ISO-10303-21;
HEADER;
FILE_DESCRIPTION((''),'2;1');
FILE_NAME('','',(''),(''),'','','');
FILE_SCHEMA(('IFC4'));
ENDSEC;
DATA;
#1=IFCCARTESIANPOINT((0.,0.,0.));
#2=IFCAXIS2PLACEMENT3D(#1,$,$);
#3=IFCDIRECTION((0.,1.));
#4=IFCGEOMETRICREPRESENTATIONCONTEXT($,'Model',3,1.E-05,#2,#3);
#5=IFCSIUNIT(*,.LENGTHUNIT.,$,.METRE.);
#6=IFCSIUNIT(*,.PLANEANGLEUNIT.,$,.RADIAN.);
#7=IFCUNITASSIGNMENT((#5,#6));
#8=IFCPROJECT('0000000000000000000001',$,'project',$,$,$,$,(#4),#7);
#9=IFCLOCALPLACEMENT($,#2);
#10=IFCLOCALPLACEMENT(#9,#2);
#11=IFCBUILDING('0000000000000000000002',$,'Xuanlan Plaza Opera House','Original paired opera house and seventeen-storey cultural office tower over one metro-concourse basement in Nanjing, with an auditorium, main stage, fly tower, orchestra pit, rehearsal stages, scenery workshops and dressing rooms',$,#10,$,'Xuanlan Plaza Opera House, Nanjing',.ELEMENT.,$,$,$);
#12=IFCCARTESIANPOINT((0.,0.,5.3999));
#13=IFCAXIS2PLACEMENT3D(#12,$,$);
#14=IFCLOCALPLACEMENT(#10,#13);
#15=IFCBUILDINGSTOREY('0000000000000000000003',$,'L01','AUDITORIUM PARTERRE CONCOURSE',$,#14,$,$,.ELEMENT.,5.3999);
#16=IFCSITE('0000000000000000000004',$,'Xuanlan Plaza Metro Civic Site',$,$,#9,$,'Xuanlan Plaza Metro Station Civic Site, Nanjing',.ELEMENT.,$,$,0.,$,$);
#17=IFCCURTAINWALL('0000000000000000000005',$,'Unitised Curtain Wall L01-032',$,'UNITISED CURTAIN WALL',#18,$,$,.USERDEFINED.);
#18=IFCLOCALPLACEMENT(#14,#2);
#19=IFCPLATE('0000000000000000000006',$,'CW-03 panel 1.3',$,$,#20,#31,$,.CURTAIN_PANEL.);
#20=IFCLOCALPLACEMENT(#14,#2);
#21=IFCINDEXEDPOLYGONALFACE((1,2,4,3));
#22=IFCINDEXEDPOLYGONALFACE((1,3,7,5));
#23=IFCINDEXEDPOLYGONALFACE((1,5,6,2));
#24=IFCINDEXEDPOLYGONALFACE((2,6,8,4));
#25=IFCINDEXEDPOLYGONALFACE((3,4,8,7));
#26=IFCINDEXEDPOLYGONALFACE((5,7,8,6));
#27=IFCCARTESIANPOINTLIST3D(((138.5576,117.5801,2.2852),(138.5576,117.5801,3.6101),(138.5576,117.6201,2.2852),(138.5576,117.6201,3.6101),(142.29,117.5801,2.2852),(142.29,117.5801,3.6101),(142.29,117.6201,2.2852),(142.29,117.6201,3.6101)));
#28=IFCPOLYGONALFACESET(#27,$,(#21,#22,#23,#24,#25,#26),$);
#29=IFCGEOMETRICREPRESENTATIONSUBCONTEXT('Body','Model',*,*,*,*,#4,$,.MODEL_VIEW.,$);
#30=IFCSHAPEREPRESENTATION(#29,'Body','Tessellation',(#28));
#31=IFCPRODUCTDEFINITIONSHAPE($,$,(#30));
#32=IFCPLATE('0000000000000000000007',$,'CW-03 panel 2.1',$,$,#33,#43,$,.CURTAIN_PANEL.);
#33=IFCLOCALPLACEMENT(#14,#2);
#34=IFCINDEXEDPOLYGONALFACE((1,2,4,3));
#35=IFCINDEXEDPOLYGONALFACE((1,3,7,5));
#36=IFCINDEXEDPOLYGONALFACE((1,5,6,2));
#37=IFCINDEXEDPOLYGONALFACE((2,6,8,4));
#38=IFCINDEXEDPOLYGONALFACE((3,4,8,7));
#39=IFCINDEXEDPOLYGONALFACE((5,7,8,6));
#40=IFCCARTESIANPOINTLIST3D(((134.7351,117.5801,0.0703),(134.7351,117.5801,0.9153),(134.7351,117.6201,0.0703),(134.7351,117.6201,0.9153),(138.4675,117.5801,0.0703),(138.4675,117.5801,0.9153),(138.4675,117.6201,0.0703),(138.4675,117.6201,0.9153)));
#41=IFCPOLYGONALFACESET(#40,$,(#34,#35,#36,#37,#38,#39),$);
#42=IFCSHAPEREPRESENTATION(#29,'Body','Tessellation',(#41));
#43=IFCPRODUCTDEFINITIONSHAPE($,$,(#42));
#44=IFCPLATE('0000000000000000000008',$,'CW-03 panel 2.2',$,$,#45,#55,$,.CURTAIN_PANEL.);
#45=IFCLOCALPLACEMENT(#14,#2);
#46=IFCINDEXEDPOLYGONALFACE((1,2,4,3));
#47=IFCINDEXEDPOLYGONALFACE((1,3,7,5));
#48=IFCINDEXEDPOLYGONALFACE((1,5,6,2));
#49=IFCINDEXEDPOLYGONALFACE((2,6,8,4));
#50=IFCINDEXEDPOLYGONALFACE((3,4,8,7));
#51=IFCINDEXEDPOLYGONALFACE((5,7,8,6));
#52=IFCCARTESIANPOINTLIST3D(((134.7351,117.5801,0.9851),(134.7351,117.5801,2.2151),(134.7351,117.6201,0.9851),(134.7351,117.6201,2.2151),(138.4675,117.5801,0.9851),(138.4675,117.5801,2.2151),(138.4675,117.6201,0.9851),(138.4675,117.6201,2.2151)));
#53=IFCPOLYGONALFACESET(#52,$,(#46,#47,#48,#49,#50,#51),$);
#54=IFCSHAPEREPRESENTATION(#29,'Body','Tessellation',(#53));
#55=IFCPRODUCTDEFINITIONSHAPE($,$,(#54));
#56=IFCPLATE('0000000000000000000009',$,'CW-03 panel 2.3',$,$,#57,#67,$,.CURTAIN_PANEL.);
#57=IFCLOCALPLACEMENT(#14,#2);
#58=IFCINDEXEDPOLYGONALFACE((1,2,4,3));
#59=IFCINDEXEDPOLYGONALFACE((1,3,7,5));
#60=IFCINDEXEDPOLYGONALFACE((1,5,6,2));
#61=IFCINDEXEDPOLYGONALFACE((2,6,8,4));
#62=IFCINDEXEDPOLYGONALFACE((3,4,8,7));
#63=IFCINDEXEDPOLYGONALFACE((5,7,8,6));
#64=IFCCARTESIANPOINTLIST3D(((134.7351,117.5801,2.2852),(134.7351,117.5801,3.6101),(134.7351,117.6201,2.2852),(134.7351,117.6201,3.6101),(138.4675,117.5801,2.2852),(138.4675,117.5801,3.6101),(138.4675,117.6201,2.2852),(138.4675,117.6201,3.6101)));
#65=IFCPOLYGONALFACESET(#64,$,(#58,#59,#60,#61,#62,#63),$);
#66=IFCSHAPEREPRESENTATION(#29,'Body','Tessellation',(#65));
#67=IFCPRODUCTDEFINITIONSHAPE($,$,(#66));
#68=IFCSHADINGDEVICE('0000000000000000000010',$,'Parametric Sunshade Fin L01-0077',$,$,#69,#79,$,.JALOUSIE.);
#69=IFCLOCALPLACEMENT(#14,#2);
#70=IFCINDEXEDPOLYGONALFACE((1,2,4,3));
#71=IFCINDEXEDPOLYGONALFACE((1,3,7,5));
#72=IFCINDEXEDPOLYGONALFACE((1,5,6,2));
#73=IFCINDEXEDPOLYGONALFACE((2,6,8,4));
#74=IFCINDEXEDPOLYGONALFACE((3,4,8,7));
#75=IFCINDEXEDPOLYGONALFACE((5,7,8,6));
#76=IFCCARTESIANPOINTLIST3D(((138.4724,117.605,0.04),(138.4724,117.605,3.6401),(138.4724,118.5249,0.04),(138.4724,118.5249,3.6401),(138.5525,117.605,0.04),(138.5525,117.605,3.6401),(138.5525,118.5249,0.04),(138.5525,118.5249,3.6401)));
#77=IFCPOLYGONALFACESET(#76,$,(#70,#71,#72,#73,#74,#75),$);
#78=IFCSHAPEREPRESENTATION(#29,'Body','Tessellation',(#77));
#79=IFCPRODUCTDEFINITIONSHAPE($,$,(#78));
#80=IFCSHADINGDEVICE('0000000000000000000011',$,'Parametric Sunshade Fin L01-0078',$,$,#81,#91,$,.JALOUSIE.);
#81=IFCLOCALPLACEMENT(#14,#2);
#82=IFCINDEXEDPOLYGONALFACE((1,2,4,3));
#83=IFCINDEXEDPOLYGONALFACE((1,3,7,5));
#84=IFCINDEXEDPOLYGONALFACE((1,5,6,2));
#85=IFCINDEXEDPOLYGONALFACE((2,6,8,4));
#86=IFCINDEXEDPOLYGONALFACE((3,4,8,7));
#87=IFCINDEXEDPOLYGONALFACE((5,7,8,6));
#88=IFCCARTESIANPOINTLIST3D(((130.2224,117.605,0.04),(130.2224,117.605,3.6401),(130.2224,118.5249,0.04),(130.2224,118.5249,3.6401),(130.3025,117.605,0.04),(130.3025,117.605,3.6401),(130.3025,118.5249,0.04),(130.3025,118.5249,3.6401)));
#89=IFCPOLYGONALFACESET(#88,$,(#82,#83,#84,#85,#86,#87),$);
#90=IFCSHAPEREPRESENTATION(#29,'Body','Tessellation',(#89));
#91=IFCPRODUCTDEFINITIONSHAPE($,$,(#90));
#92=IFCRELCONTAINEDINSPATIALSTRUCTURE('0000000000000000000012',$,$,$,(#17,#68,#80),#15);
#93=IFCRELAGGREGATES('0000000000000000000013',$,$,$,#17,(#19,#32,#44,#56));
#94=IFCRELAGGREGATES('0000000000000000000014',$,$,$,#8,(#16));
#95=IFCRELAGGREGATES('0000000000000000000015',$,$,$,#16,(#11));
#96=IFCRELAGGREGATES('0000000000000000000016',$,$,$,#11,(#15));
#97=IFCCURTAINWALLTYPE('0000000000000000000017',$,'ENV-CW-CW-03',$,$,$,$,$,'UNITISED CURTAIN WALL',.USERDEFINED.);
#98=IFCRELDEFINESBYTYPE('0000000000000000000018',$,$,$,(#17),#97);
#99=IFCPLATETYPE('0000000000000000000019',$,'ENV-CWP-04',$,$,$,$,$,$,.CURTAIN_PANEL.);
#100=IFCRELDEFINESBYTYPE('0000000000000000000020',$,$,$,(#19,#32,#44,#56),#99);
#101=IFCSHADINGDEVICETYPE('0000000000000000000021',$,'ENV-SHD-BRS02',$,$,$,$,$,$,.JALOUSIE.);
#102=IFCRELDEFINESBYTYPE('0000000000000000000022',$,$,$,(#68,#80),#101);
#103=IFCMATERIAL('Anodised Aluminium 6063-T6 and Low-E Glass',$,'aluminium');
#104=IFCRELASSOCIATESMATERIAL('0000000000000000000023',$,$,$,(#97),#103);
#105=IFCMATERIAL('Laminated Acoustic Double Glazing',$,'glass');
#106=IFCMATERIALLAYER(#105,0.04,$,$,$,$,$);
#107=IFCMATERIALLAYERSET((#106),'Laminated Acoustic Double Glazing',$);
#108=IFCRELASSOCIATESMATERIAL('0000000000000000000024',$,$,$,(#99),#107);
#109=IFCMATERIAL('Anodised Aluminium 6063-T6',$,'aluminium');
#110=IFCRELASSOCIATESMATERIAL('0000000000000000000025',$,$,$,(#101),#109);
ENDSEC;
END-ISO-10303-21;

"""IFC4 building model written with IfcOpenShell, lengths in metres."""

from ifc_helpers import new_model, si_unit, direction, frame, origin, origin_2d, place, context, subcontext, project, spatial, rectangle, extrude, material, layer, layer_set, type_object, element, aggregate, save


model = new_model("IFC4")

# Units and contexts
model_context = context("Model", 3, precision=1e-05, world=origin(), true_north=direction((0.0, 1.0)))
body_context = subcontext(model_context, "Body", "Model", "MODEL_VIEW")
ifc_project = project(units=[si_unit("LENGTHUNIT", "METRE"), si_unit("PLANEANGLEUNIT", "RADIAN")], contexts=[model_context])

# Site, building, storey
site_placement = place(None, origin())
site = spatial("IfcSite", under=ifc_project, at=site_placement, Name="Xuanlan Plaza Metro Civic Site", LongName="Xuanlan Plaza Metro Station Civic Site, Nanjing", CompositionType="ELEMENT", RefElevation=0.0)
building_placement = place(site_placement, origin())
building = spatial("IfcBuilding", under=site, at=building_placement, Name="Xuanlan Plaza Opera House", Description="Original paired opera house and seventeen-storey cultural office tower over one metro-concourse basement in Nanjing, with an auditorium, main stage, fly tower, orchestra pit, rehearsal stages, scenery workshops and dressing rooms", LongName="Xuanlan Plaza Opera House, Nanjing", CompositionType="ELEMENT")
storey_placement = place(building_placement, frame((0.0, 0.0, 5.3999)))
storey = spatial("IfcBuildingStorey", under=building, at=storey_placement, Name="L01", Description="AUDITORIUM PARTERRE CONCOURSE", CompositionType="ELEMENT", Elevation=5.3999)

# Curtain wall
ifc_material_1 = material(Name="Anodised Aluminium 6063-T6 and Low-E Glass", Category="aluminium")
ifc_material_2 = material(Name="Anodised Aluminium 6063-T6", Category="aluminium")
curtain_wall_type_1 = type_object("IfcCurtainWallType", Name="ENV-CW-CW-03", ElementType="UNITISED CURTAIN WALL", PredefinedType="USERDEFINED", material=ifc_material_1)
curtain_wall_1_placement = place(storey_placement, origin())
curtain_wall_1 = element("IfcCurtainWall", 1, at=curtain_wall_1_placement, inside=storey, type_object=curtain_wall_type_1, Name="Unitised Curtain Wall L01-032", ObjectType="UNITISED CURTAIN WALL", PredefinedType="USERDEFINED")

# Plates
ifc_material_3 = material(Name="Laminated Acoustic Double Glazing", Category="glass")
ifc_layer_1 = layer(ifc_material_3, 0.04)
ifc_layer_set_1 = layer_set([ifc_layer_1], Name="Laminated Acoustic Double Glazing")
plate_type_1 = type_object("IfcPlateType", Name="ENV-CWP-04", PredefinedType="CURTAIN_PANEL", material=ifc_layer_set_1)
plate_1_placement = place(storey_placement, frame((140.4238, 117.6001, 2.2852), z_axis=(0.0, 0.0, 1.0), x_axis=(-1.0, 0.0, 0.0)))
plate_1 = element("IfcPlate", 2, at=plate_1_placement, type_object=plate_type_1, Name="CW-03 panel 1.3", PredefinedType="CURTAIN_PANEL", context=body_context, shape_type="SweptSolid", body=[
    extrude(rectangle(XDim=3.7324, YDim=0.04, at=origin_2d()), origin(), (0.0, 0.0, 1.0), 1.325),
])
plate_2_placement = place(storey_placement, frame((136.6013, 117.6001, 0.0703), z_axis=(0.0, 0.0, 1.0), x_axis=(-1.0, 0.0, 0.0)))
plate_2 = element("IfcPlate", 3, at=plate_2_placement, type_object=plate_type_1, Name="CW-03 panel 2.1", PredefinedType="CURTAIN_PANEL", context=body_context, shape_type="SweptSolid", body=[
    extrude(rectangle(XDim=3.7324, YDim=0.04, at=origin_2d()), origin(), (0.0, 0.0, 1.0), 0.845),
])
plate_3_placement = place(storey_placement, frame((136.6013, 117.6001, 0.9851), z_axis=(0.0, 0.0, 1.0), x_axis=(-1.0, 0.0, 0.0)))
plate_3 = element("IfcPlate", 4, at=plate_3_placement, type_object=plate_type_1, Name="CW-03 panel 2.2", PredefinedType="CURTAIN_PANEL", context=body_context, shape_type="SweptSolid", body=[
    extrude(rectangle(XDim=3.7324, YDim=0.04, at=origin_2d()), origin(), (0.0, 0.0, 1.0), 1.23),
])
plate_4_placement = place(storey_placement, frame((136.6013, 117.6001, 2.2852), z_axis=(0.0, 0.0, 1.0), x_axis=(-1.0, 0.0, 0.0)))
plate_4 = element("IfcPlate", 5, at=plate_4_placement, type_object=plate_type_1, Name="CW-03 panel 2.3", PredefinedType="CURTAIN_PANEL", context=body_context, shape_type="SweptSolid", body=[
    extrude(rectangle(XDim=3.7324, YDim=0.04, at=origin_2d()), origin(), (0.0, 0.0, 1.0), 1.325),
])
aggregate(curtain_wall_1, [plate_1, plate_2, plate_3, plate_4])

# Shading devices
shading_device_type = type_object("IfcShadingDeviceType", Name="ENV-SHD-BRS02", PredefinedType="JALOUSIE", material=ifc_material_2)
for number, where, z_axis, x_axis, name in (
    (6, (138.5125, 118.0649, 0.04), (0.0, 0.0, 1.0), (0.0, 1.0, 0.0), "Parametric Sunshade Fin L01-0077"),
    (7, (130.2625, 118.0649, 0.04), (0.0, 0.0, 1.0), (0.0, 1.0, 0.0), "Parametric Sunshade Fin L01-0078"),
):
    element("IfcShadingDevice", number, at=place(storey_placement, frame(where, z_axis=z_axis, x_axis=x_axis)), inside=storey, type_object=shading_device_type, Name=name, PredefinedType="JALOUSIE", context=body_context, shape_type="SweptSolid", body=[
        extrude(rectangle(XDim=0.9199, YDim=0.0801, at=origin_2d()), origin(), (0.0, 0.0, 1.0), 3.6001),
    ])

save(model, "model.ifc")
